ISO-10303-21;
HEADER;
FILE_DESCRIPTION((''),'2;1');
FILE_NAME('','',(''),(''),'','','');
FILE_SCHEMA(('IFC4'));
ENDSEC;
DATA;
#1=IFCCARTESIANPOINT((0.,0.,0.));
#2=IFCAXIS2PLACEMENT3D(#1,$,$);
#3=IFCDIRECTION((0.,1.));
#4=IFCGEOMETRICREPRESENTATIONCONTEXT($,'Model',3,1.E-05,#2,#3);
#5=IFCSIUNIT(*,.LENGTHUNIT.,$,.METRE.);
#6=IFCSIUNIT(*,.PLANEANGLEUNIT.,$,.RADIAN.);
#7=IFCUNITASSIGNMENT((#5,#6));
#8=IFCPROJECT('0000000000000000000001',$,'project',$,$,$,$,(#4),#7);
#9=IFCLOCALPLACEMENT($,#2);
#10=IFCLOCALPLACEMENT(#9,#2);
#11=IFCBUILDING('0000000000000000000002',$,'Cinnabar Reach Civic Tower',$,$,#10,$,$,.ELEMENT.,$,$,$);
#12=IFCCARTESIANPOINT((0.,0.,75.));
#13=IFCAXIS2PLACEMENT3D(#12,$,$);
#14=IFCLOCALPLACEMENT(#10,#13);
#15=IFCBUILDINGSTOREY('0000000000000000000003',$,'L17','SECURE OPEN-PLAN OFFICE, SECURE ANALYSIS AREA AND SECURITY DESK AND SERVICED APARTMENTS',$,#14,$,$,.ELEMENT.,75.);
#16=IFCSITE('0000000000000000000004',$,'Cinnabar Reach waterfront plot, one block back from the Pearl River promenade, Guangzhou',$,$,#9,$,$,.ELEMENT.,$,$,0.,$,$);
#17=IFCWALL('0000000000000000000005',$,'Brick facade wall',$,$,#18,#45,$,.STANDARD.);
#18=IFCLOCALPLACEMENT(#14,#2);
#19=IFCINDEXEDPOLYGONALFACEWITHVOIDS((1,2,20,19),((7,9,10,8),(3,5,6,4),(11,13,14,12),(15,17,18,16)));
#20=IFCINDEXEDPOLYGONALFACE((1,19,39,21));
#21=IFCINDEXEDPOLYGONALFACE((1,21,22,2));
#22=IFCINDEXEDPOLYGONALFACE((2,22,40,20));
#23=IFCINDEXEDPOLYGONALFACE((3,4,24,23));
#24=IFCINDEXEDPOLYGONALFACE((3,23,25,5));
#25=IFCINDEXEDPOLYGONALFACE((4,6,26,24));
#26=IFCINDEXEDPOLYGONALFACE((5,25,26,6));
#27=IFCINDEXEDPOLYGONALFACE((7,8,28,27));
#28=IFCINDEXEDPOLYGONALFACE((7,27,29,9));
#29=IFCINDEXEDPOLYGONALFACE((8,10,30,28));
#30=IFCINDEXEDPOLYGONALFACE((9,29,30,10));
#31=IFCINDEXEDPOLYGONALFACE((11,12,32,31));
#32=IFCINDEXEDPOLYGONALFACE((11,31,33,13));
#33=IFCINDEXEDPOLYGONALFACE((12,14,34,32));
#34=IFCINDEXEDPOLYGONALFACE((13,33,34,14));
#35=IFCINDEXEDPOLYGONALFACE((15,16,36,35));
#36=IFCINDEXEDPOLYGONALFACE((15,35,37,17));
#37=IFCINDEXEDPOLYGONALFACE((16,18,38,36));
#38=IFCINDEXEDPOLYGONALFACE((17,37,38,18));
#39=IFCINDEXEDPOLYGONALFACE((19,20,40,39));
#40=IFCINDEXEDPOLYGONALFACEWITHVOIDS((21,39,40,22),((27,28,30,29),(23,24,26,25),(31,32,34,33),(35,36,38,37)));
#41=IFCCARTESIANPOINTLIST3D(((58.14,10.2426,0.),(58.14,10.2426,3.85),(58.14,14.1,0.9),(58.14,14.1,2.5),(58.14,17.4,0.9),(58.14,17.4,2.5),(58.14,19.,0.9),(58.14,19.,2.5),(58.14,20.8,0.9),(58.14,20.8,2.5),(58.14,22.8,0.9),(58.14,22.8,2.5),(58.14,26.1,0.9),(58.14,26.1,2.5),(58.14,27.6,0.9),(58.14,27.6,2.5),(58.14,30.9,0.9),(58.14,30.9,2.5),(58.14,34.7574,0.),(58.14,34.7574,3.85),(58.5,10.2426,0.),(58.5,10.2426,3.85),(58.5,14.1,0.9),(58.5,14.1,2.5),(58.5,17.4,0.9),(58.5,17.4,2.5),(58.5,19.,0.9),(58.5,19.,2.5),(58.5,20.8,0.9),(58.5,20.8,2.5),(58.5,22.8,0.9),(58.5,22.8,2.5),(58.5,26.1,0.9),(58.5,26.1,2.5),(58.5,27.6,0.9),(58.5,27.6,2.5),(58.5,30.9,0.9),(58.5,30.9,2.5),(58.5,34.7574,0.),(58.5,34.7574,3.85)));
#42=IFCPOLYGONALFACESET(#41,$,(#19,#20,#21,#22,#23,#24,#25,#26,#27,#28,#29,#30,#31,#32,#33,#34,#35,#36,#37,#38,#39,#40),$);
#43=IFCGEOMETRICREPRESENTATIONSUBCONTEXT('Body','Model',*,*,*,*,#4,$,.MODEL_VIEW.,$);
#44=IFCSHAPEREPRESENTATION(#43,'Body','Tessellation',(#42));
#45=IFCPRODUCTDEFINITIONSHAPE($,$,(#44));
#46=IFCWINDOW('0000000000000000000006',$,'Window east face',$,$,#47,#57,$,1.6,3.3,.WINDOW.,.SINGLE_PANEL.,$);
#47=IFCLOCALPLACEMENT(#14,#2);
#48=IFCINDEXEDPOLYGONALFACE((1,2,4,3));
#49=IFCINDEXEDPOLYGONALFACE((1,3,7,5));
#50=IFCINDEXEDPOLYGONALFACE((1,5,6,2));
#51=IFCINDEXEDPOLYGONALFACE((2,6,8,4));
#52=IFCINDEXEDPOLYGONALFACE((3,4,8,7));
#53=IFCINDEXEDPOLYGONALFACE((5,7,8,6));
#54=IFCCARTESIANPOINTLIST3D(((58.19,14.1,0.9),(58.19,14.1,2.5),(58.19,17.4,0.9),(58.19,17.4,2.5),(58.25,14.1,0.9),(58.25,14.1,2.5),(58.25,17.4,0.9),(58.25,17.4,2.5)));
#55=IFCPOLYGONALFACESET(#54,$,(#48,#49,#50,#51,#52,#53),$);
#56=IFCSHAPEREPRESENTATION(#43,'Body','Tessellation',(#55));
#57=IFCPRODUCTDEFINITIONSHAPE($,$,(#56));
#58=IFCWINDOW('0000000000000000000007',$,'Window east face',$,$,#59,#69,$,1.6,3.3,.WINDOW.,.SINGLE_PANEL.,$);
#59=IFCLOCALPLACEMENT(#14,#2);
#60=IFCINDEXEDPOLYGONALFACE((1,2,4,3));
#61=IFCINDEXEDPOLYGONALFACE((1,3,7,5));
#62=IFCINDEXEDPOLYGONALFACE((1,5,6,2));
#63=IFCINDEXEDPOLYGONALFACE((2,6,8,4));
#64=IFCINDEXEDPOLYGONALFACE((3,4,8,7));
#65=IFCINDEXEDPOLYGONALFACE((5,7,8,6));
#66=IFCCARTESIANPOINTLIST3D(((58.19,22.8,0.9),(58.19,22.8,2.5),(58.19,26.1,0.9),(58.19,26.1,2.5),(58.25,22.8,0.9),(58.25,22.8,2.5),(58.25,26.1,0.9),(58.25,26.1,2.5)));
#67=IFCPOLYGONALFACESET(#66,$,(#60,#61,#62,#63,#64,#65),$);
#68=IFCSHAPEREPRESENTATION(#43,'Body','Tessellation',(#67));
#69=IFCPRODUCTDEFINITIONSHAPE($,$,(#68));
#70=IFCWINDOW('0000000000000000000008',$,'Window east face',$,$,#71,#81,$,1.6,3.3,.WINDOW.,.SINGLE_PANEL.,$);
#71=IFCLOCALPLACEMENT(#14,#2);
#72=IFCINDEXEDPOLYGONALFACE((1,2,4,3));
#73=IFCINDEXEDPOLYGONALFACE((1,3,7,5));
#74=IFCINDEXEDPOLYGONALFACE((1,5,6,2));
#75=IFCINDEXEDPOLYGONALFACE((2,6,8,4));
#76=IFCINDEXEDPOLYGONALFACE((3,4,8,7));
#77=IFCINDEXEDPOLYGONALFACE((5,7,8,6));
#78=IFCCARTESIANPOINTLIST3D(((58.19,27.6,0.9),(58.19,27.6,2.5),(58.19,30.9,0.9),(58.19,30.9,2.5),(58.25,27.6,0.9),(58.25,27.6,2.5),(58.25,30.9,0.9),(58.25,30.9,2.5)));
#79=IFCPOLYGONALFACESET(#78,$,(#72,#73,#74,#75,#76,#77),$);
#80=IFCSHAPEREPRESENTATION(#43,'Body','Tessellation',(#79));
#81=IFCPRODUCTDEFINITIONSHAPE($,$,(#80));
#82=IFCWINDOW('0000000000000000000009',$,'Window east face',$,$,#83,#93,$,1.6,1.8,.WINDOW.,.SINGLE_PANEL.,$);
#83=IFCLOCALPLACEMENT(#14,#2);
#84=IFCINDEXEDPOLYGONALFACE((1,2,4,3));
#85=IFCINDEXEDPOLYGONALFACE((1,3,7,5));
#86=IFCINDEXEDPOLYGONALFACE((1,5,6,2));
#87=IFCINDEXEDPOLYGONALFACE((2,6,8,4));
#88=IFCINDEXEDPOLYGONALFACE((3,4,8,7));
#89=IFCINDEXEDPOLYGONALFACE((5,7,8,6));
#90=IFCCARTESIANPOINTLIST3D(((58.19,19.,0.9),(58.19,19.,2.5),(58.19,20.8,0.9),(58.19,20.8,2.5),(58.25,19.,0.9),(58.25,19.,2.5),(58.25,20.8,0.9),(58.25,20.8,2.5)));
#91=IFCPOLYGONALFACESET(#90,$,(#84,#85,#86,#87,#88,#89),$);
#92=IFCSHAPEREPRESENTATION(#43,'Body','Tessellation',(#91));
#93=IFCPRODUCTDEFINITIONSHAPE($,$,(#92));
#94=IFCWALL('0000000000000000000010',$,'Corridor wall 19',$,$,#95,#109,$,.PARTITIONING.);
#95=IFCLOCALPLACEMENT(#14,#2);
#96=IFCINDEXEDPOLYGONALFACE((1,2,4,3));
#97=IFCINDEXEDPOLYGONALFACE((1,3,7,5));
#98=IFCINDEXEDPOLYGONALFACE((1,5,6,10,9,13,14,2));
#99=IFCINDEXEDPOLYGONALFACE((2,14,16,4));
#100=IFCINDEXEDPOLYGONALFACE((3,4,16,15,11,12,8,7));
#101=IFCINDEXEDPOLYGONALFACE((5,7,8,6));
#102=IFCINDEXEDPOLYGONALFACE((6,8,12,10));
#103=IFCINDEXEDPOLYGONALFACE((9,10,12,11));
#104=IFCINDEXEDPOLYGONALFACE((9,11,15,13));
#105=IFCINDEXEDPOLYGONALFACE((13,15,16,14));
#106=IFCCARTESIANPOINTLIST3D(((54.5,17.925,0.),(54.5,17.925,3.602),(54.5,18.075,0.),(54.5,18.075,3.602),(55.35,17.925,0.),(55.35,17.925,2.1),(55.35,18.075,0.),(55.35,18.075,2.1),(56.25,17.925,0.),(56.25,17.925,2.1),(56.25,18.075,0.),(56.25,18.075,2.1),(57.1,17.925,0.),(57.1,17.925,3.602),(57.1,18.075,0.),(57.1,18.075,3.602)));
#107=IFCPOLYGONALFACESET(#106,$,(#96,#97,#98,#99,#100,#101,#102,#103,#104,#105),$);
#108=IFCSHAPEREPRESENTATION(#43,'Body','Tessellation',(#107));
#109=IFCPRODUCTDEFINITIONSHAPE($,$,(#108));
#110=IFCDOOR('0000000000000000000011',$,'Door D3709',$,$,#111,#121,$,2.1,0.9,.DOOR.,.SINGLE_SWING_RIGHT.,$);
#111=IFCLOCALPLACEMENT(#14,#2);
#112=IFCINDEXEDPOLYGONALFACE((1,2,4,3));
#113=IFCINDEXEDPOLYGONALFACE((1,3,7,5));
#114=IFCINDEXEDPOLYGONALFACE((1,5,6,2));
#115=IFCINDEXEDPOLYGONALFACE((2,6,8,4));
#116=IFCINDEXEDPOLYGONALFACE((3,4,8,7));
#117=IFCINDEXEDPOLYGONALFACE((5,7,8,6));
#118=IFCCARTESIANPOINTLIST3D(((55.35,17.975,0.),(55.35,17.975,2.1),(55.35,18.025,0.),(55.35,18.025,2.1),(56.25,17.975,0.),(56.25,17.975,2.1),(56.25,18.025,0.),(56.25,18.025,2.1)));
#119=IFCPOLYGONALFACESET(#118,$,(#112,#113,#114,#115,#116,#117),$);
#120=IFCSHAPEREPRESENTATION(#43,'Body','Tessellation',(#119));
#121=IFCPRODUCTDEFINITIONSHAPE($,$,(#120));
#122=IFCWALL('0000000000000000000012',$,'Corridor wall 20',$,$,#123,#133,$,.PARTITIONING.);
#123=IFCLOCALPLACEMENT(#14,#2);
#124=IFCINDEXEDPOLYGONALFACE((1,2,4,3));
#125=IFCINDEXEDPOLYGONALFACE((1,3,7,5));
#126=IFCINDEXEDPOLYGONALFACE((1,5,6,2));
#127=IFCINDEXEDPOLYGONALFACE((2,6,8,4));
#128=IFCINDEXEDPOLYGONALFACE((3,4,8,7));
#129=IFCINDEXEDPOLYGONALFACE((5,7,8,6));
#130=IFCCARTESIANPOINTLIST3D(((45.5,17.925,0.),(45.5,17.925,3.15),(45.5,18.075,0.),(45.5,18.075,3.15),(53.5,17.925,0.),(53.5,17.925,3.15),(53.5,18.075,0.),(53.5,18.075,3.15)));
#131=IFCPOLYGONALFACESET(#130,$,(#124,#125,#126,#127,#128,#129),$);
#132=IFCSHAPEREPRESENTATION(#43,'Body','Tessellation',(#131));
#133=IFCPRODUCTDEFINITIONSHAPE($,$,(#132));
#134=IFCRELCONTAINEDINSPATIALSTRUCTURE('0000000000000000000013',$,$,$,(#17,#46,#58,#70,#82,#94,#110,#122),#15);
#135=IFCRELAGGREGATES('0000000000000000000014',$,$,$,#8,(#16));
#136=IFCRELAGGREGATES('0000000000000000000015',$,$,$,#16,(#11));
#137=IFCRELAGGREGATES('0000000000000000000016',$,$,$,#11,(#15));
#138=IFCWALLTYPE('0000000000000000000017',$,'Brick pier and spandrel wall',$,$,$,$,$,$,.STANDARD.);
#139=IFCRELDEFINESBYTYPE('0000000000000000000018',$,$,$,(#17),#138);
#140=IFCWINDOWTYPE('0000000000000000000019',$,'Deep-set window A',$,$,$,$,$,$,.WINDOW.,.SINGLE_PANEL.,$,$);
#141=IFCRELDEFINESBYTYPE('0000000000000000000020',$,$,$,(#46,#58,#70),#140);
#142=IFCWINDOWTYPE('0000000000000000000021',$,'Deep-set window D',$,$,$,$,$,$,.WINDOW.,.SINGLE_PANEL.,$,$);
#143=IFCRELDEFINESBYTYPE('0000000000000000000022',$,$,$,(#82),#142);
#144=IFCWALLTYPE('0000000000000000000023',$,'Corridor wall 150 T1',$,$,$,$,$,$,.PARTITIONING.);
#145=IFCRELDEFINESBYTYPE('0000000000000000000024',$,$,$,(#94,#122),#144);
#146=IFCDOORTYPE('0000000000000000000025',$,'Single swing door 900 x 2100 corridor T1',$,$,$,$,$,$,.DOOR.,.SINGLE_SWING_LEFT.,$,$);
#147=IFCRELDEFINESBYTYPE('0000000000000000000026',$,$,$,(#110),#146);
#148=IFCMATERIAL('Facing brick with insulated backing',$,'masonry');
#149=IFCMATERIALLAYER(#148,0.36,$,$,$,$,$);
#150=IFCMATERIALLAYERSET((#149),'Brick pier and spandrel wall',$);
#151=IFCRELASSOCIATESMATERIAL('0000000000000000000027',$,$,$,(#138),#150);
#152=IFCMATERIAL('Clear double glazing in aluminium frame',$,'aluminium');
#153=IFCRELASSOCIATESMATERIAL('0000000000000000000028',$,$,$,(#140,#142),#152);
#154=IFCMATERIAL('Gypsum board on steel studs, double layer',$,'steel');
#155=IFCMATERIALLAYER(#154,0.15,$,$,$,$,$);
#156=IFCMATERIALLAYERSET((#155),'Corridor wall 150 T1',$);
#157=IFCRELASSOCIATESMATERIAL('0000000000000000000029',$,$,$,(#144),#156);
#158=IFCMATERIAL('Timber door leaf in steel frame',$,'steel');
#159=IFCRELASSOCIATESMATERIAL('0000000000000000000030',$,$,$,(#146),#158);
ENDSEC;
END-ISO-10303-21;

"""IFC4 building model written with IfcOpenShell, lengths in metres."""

from ifc_helpers import new_model, si_unit, direction, frame, frame_2d, origin, place, context, subcontext, project, spatial, rectangle, extrude, material, layer, layer_set, type_object, element, fill, save


model = new_model("IFC4")

# Units and contexts
model_context = context("Model", 3, precision=1e-05, world=origin(), true_north=direction((0.0, 1.0)))
body_context = subcontext(model_context, "Body", "Model", "MODEL_VIEW")
ifc_project = project(units=[si_unit("LENGTHUNIT", "METRE"), si_unit("PLANEANGLEUNIT", "RADIAN")], contexts=[model_context])

# Site, building, storey
site_placement = place(None, origin())
site = spatial("IfcSite", under=ifc_project, at=site_placement, Name="Cinnabar Reach waterfront plot, one block back from the Pearl River promenade, Guangzhou", CompositionType="ELEMENT", RefElevation=0.0)
building_placement = place(site_placement, origin())
building = spatial("IfcBuilding", under=site, at=building_placement, Name="Cinnabar Reach Civic Tower", CompositionType="ELEMENT")
storey_placement = place(building_placement, frame((0.0, 0.0, 75.0)))
storey = spatial("IfcBuildingStorey", under=building, at=storey_placement, Name="L17", Description="SECURE OPEN-PLAN OFFICE, SECURE ANALYSIS AREA AND SECURITY DESK AND SERVICED APARTMENTS", CompositionType="ELEMENT", Elevation=75.0)

# Shared definitions
ifc_material_1 = material(Name="Facing brick with insulated backing", Category="masonry")

# Wall, openings, windows
ifc_layer_1 = layer(ifc_material_1, 0.36)
ifc_layer_set_1 = layer_set([ifc_layer_1], Name="Brick pier and spandrel wall")
wall_type_1 = type_object("IfcWallType", Name="Brick pier and spandrel wall", PredefinedType="STANDARD", material=ifc_layer_set_1)
wall_1_placement = place(storey_placement, frame((58.32, 10.2426, 0.0), z_axis=(0.0, 0.0, 1.0), x_axis=(0.0, 1.0, 0.0)))
wall_1 = element("IfcWall", 1, at=wall_1_placement, inside=storey, type_object=wall_type_1, Name="Brick facade wall", PredefinedType="STANDARD", context=body_context, shape_type="SweptSolid", body=[
    extrude(rectangle(XDim=24.5148, YDim=0.36, at=frame_2d((12.2574, 0.0))), origin(), (0.0, 0.0, 1.0), 3.85),
])
opening_1_placement = place(wall_1_placement, frame((3.8574, 0.0, 0.9)))
opening_1 = element("IfcOpeningElement", 2, at=opening_1_placement, cuts=wall_1, PredefinedType="OPENING", context=body_context, shape_type="SweptSolid", body=[
    extrude(rectangle(XDim=3.3, YDim=1.6, at=frame_2d((1.65, 0.8))), frame((0.0, 0.19, 0.0), z_axis=(0.0, -1.0, 0.0), x_axis=(1.0, 0.0, 0.0)), (0.0, 0.0, 1.0), 0.38),
])
opening_2_placement = place(wall_1_placement, frame((8.7574, 0.0, 0.9)))
opening_2 = element("IfcOpeningElement", 3, at=opening_2_placement, cuts=wall_1, PredefinedType="OPENING", context=body_context, shape_type="SweptSolid", body=[
    extrude(rectangle(XDim=1.8, YDim=1.6, at=frame_2d((0.9, 0.8))), frame((0.0, 0.19, 0.0), z_axis=(0.0, -1.0, 0.0), x_axis=(1.0, 0.0, 0.0)), (0.0, 0.0, 1.0), 0.38),
])
opening_3_placement = place(wall_1_placement, frame((12.5574, 0.0, 0.9)))
opening_3 = element("IfcOpeningElement", 4, at=opening_3_placement, cuts=wall_1, PredefinedType="OPENING", context=body_context, shape_type="SweptSolid", body=[
    extrude(rectangle(XDim=3.3, YDim=1.6, at=frame_2d((1.65, 0.8))), frame((0.0, 0.19, 0.0), z_axis=(0.0, -1.0, 0.0), x_axis=(1.0, 0.0, 0.0)), (0.0, 0.0, 1.0), 0.38),
])
opening_4_placement = place(wall_1_placement, frame((17.3574, 0.0, 0.9)))
opening_4 = element("IfcOpeningElement", 5, at=opening_4_placement, cuts=wall_1, PredefinedType="OPENING", context=body_context, shape_type="SweptSolid", body=[
    extrude(rectangle(XDim=3.3, YDim=1.6, at=frame_2d((1.65, 0.8))), frame((0.0, 0.19, 0.0), z_axis=(0.0, -1.0, 0.0), x_axis=(1.0, 0.0, 0.0)), (0.0, 0.0, 1.0), 0.38),
])
ifc_material_2 = material(Name="Clear double glazing in aluminium frame", Category="aluminium")
window_type_1 = type_object("IfcWindowType", Name="Deep-set window A", PartitioningType="SINGLE_PANEL", PredefinedType="WINDOW", material=ifc_material_2)
window_1_placement = place(opening_1_placement, origin())
window_1 = element("IfcWindow", 6, at=window_1_placement, inside=storey, type_object=window_type_1, Name="Window east face", OverallHeight=1.6, OverallWidth=3.3, PartitioningType="SINGLE_PANEL", PredefinedType="WINDOW", context=body_context, shape_type="SweptSolid", body=[
    extrude(rectangle(XDim=3.3, YDim=1.6, at=frame_2d((1.65, 0.8))), frame((0.0, 0.13, 0.0), z_axis=(0.0, -1.0, 0.0), x_axis=(1.0, 0.0, 0.0)), (0.0, 0.0, 1.0), 0.06),
])
fill(opening_1, window_1)
window_2_placement = place(opening_3_placement, origin())
window_2 = element("IfcWindow", 7, at=window_2_placement, inside=storey, type_object=window_type_1, Name="Window east face", OverallHeight=1.6, OverallWidth=3.3, PartitioningType="SINGLE_PANEL", PredefinedType="WINDOW", context=body_context, shape_type="SweptSolid", body=[
    extrude(rectangle(XDim=3.3, YDim=1.6, at=frame_2d((1.65, 0.8))), frame((0.0, 0.13, 0.0), z_axis=(0.0, -1.0, 0.0), x_axis=(1.0, 0.0, 0.0)), (0.0, 0.0, 1.0), 0.06),
])
fill(opening_3, window_2)
window_3_placement = place(opening_4_placement, origin())
window_3 = element("IfcWindow", 8, at=window_3_placement, inside=storey, type_object=window_type_1, Name="Window east face", OverallHeight=1.6, OverallWidth=3.3, PartitioningType="SINGLE_PANEL", PredefinedType="WINDOW", context=body_context, shape_type="SweptSolid", body=[
    extrude(rectangle(XDim=3.3, YDim=1.6, at=frame_2d((1.65, 0.8))), frame((0.0, 0.13, 0.0), z_axis=(0.0, -1.0, 0.0), x_axis=(1.0, 0.0, 0.0)), (0.0, 0.0, 1.0), 0.06),
])
fill(opening_4, window_3)
window_type_2 = type_object("IfcWindowType", Name="Deep-set window D", PartitioningType="SINGLE_PANEL", PredefinedType="WINDOW", material=ifc_material_2)
window_4_placement = place(opening_2_placement, origin())
window_4 = element("IfcWindow", 9, at=window_4_placement, inside=storey, type_object=window_type_2, Name="Window east face", OverallHeight=1.6, OverallWidth=1.8, PartitioningType="SINGLE_PANEL", PredefinedType="WINDOW", context=body_context, shape_type="SweptSolid", body=[
    extrude(rectangle(XDim=1.8, YDim=1.6, at=frame_2d((0.9, 0.8))), frame((0.0, 0.13, 0.0), z_axis=(0.0, -1.0, 0.0), x_axis=(1.0, 0.0, 0.0)), (0.0, 0.0, 1.0), 0.06),
])
fill(opening_2, window_4)

# Wall, opening, door
ifc_material_3 = material(Name="Gypsum board on steel studs, double layer", Category="steel")
ifc_layer_2 = layer(ifc_material_3, 0.15)
ifc_layer_set_2 = layer_set([ifc_layer_2], Name="Corridor wall 150 T1")
wall_type_2 = type_object("IfcWallType", Name="Corridor wall 150 T1", PredefinedType="PARTITIONING", material=ifc_layer_set_2)
wall_2_placement = place(storey_placement, frame((54.5, 18.0, 0.0), z_axis=(0.0, 0.0, 1.0), x_axis=(1.0, 0.0, 0.0)))
wall_2 = element("IfcWall", 10, at=wall_2_placement, inside=storey, type_object=wall_type_2, Name="Corridor wall 19", PredefinedType="PARTITIONING", context=body_context, shape_type="SweptSolid", body=[
    extrude(rectangle(XDim=2.6, YDim=0.15, at=frame_2d((1.3, 0.0))), origin(), (0.0, 0.0, 1.0), 3.602),
])
opening_5_placement = place(wall_2_placement, frame((0.85, 0.0, 0.0)))
opening_5 = element("IfcOpeningElement", 11, at=opening_5_placement, cuts=wall_2, PredefinedType="OPENING", context=body_context, shape_type="SweptSolid", body=[
    extrude(rectangle(XDim=0.9, YDim=2.1, at=frame_2d((0.45, 1.05))), frame((0.0, 0.085, 0.0), z_axis=(0.0, -1.0, 0.0), x_axis=(1.0, 0.0, 0.0)), (0.0, 0.0, 1.0), 0.17),
])
ifc_material_4 = material(Name="Timber door leaf in steel frame", Category="steel")
door_type = type_object("IfcDoorType", Name="Single swing door 900 x 2100 corridor T1", OperationType="SINGLE_SWING_LEFT", PredefinedType="DOOR", material=ifc_material_4)
door_placement = place(opening_5_placement, frame((0.9, 0.0, 0.0), z_axis=(0.0, 0.0, 1.0), x_axis=(-1.0, 0.0, 0.0)))
door = element("IfcDoor", 12, at=door_placement, inside=storey, type_object=door_type, Name="Door D3709", OperationType="SINGLE_SWING_RIGHT", OverallHeight=2.1, OverallWidth=0.9, PredefinedType="DOOR", context=body_context, shape_type="SweptSolid", body=[
    extrude(rectangle(XDim=0.9, YDim=2.1, at=frame_2d((0.45, 1.05))), frame((0.0, 0.025, 0.0), z_axis=(0.0, -1.0, 0.0), x_axis=(1.0, 0.0, 0.0)), (0.0, 0.0, 1.0), 0.05),
])
fill(opening_5, door)

# Wall
wall_3_placement = place(storey_placement, frame((45.5, 18.0, 0.0), z_axis=(0.0, 0.0, 1.0), x_axis=(1.0, 0.0, 0.0)))
element("IfcWall", 13, at=wall_3_placement, inside=storey, type_object=wall_type_2, Name="Corridor wall 20", PredefinedType="PARTITIONING", context=body_context, shape_type="SweptSolid", body=[
    extrude(rectangle(XDim=8.0, YDim=0.15, at=frame_2d((4.0, 0.0))), origin(), (0.0, 0.0, 1.0), 3.15),
])

save(model, "model.ifc")
